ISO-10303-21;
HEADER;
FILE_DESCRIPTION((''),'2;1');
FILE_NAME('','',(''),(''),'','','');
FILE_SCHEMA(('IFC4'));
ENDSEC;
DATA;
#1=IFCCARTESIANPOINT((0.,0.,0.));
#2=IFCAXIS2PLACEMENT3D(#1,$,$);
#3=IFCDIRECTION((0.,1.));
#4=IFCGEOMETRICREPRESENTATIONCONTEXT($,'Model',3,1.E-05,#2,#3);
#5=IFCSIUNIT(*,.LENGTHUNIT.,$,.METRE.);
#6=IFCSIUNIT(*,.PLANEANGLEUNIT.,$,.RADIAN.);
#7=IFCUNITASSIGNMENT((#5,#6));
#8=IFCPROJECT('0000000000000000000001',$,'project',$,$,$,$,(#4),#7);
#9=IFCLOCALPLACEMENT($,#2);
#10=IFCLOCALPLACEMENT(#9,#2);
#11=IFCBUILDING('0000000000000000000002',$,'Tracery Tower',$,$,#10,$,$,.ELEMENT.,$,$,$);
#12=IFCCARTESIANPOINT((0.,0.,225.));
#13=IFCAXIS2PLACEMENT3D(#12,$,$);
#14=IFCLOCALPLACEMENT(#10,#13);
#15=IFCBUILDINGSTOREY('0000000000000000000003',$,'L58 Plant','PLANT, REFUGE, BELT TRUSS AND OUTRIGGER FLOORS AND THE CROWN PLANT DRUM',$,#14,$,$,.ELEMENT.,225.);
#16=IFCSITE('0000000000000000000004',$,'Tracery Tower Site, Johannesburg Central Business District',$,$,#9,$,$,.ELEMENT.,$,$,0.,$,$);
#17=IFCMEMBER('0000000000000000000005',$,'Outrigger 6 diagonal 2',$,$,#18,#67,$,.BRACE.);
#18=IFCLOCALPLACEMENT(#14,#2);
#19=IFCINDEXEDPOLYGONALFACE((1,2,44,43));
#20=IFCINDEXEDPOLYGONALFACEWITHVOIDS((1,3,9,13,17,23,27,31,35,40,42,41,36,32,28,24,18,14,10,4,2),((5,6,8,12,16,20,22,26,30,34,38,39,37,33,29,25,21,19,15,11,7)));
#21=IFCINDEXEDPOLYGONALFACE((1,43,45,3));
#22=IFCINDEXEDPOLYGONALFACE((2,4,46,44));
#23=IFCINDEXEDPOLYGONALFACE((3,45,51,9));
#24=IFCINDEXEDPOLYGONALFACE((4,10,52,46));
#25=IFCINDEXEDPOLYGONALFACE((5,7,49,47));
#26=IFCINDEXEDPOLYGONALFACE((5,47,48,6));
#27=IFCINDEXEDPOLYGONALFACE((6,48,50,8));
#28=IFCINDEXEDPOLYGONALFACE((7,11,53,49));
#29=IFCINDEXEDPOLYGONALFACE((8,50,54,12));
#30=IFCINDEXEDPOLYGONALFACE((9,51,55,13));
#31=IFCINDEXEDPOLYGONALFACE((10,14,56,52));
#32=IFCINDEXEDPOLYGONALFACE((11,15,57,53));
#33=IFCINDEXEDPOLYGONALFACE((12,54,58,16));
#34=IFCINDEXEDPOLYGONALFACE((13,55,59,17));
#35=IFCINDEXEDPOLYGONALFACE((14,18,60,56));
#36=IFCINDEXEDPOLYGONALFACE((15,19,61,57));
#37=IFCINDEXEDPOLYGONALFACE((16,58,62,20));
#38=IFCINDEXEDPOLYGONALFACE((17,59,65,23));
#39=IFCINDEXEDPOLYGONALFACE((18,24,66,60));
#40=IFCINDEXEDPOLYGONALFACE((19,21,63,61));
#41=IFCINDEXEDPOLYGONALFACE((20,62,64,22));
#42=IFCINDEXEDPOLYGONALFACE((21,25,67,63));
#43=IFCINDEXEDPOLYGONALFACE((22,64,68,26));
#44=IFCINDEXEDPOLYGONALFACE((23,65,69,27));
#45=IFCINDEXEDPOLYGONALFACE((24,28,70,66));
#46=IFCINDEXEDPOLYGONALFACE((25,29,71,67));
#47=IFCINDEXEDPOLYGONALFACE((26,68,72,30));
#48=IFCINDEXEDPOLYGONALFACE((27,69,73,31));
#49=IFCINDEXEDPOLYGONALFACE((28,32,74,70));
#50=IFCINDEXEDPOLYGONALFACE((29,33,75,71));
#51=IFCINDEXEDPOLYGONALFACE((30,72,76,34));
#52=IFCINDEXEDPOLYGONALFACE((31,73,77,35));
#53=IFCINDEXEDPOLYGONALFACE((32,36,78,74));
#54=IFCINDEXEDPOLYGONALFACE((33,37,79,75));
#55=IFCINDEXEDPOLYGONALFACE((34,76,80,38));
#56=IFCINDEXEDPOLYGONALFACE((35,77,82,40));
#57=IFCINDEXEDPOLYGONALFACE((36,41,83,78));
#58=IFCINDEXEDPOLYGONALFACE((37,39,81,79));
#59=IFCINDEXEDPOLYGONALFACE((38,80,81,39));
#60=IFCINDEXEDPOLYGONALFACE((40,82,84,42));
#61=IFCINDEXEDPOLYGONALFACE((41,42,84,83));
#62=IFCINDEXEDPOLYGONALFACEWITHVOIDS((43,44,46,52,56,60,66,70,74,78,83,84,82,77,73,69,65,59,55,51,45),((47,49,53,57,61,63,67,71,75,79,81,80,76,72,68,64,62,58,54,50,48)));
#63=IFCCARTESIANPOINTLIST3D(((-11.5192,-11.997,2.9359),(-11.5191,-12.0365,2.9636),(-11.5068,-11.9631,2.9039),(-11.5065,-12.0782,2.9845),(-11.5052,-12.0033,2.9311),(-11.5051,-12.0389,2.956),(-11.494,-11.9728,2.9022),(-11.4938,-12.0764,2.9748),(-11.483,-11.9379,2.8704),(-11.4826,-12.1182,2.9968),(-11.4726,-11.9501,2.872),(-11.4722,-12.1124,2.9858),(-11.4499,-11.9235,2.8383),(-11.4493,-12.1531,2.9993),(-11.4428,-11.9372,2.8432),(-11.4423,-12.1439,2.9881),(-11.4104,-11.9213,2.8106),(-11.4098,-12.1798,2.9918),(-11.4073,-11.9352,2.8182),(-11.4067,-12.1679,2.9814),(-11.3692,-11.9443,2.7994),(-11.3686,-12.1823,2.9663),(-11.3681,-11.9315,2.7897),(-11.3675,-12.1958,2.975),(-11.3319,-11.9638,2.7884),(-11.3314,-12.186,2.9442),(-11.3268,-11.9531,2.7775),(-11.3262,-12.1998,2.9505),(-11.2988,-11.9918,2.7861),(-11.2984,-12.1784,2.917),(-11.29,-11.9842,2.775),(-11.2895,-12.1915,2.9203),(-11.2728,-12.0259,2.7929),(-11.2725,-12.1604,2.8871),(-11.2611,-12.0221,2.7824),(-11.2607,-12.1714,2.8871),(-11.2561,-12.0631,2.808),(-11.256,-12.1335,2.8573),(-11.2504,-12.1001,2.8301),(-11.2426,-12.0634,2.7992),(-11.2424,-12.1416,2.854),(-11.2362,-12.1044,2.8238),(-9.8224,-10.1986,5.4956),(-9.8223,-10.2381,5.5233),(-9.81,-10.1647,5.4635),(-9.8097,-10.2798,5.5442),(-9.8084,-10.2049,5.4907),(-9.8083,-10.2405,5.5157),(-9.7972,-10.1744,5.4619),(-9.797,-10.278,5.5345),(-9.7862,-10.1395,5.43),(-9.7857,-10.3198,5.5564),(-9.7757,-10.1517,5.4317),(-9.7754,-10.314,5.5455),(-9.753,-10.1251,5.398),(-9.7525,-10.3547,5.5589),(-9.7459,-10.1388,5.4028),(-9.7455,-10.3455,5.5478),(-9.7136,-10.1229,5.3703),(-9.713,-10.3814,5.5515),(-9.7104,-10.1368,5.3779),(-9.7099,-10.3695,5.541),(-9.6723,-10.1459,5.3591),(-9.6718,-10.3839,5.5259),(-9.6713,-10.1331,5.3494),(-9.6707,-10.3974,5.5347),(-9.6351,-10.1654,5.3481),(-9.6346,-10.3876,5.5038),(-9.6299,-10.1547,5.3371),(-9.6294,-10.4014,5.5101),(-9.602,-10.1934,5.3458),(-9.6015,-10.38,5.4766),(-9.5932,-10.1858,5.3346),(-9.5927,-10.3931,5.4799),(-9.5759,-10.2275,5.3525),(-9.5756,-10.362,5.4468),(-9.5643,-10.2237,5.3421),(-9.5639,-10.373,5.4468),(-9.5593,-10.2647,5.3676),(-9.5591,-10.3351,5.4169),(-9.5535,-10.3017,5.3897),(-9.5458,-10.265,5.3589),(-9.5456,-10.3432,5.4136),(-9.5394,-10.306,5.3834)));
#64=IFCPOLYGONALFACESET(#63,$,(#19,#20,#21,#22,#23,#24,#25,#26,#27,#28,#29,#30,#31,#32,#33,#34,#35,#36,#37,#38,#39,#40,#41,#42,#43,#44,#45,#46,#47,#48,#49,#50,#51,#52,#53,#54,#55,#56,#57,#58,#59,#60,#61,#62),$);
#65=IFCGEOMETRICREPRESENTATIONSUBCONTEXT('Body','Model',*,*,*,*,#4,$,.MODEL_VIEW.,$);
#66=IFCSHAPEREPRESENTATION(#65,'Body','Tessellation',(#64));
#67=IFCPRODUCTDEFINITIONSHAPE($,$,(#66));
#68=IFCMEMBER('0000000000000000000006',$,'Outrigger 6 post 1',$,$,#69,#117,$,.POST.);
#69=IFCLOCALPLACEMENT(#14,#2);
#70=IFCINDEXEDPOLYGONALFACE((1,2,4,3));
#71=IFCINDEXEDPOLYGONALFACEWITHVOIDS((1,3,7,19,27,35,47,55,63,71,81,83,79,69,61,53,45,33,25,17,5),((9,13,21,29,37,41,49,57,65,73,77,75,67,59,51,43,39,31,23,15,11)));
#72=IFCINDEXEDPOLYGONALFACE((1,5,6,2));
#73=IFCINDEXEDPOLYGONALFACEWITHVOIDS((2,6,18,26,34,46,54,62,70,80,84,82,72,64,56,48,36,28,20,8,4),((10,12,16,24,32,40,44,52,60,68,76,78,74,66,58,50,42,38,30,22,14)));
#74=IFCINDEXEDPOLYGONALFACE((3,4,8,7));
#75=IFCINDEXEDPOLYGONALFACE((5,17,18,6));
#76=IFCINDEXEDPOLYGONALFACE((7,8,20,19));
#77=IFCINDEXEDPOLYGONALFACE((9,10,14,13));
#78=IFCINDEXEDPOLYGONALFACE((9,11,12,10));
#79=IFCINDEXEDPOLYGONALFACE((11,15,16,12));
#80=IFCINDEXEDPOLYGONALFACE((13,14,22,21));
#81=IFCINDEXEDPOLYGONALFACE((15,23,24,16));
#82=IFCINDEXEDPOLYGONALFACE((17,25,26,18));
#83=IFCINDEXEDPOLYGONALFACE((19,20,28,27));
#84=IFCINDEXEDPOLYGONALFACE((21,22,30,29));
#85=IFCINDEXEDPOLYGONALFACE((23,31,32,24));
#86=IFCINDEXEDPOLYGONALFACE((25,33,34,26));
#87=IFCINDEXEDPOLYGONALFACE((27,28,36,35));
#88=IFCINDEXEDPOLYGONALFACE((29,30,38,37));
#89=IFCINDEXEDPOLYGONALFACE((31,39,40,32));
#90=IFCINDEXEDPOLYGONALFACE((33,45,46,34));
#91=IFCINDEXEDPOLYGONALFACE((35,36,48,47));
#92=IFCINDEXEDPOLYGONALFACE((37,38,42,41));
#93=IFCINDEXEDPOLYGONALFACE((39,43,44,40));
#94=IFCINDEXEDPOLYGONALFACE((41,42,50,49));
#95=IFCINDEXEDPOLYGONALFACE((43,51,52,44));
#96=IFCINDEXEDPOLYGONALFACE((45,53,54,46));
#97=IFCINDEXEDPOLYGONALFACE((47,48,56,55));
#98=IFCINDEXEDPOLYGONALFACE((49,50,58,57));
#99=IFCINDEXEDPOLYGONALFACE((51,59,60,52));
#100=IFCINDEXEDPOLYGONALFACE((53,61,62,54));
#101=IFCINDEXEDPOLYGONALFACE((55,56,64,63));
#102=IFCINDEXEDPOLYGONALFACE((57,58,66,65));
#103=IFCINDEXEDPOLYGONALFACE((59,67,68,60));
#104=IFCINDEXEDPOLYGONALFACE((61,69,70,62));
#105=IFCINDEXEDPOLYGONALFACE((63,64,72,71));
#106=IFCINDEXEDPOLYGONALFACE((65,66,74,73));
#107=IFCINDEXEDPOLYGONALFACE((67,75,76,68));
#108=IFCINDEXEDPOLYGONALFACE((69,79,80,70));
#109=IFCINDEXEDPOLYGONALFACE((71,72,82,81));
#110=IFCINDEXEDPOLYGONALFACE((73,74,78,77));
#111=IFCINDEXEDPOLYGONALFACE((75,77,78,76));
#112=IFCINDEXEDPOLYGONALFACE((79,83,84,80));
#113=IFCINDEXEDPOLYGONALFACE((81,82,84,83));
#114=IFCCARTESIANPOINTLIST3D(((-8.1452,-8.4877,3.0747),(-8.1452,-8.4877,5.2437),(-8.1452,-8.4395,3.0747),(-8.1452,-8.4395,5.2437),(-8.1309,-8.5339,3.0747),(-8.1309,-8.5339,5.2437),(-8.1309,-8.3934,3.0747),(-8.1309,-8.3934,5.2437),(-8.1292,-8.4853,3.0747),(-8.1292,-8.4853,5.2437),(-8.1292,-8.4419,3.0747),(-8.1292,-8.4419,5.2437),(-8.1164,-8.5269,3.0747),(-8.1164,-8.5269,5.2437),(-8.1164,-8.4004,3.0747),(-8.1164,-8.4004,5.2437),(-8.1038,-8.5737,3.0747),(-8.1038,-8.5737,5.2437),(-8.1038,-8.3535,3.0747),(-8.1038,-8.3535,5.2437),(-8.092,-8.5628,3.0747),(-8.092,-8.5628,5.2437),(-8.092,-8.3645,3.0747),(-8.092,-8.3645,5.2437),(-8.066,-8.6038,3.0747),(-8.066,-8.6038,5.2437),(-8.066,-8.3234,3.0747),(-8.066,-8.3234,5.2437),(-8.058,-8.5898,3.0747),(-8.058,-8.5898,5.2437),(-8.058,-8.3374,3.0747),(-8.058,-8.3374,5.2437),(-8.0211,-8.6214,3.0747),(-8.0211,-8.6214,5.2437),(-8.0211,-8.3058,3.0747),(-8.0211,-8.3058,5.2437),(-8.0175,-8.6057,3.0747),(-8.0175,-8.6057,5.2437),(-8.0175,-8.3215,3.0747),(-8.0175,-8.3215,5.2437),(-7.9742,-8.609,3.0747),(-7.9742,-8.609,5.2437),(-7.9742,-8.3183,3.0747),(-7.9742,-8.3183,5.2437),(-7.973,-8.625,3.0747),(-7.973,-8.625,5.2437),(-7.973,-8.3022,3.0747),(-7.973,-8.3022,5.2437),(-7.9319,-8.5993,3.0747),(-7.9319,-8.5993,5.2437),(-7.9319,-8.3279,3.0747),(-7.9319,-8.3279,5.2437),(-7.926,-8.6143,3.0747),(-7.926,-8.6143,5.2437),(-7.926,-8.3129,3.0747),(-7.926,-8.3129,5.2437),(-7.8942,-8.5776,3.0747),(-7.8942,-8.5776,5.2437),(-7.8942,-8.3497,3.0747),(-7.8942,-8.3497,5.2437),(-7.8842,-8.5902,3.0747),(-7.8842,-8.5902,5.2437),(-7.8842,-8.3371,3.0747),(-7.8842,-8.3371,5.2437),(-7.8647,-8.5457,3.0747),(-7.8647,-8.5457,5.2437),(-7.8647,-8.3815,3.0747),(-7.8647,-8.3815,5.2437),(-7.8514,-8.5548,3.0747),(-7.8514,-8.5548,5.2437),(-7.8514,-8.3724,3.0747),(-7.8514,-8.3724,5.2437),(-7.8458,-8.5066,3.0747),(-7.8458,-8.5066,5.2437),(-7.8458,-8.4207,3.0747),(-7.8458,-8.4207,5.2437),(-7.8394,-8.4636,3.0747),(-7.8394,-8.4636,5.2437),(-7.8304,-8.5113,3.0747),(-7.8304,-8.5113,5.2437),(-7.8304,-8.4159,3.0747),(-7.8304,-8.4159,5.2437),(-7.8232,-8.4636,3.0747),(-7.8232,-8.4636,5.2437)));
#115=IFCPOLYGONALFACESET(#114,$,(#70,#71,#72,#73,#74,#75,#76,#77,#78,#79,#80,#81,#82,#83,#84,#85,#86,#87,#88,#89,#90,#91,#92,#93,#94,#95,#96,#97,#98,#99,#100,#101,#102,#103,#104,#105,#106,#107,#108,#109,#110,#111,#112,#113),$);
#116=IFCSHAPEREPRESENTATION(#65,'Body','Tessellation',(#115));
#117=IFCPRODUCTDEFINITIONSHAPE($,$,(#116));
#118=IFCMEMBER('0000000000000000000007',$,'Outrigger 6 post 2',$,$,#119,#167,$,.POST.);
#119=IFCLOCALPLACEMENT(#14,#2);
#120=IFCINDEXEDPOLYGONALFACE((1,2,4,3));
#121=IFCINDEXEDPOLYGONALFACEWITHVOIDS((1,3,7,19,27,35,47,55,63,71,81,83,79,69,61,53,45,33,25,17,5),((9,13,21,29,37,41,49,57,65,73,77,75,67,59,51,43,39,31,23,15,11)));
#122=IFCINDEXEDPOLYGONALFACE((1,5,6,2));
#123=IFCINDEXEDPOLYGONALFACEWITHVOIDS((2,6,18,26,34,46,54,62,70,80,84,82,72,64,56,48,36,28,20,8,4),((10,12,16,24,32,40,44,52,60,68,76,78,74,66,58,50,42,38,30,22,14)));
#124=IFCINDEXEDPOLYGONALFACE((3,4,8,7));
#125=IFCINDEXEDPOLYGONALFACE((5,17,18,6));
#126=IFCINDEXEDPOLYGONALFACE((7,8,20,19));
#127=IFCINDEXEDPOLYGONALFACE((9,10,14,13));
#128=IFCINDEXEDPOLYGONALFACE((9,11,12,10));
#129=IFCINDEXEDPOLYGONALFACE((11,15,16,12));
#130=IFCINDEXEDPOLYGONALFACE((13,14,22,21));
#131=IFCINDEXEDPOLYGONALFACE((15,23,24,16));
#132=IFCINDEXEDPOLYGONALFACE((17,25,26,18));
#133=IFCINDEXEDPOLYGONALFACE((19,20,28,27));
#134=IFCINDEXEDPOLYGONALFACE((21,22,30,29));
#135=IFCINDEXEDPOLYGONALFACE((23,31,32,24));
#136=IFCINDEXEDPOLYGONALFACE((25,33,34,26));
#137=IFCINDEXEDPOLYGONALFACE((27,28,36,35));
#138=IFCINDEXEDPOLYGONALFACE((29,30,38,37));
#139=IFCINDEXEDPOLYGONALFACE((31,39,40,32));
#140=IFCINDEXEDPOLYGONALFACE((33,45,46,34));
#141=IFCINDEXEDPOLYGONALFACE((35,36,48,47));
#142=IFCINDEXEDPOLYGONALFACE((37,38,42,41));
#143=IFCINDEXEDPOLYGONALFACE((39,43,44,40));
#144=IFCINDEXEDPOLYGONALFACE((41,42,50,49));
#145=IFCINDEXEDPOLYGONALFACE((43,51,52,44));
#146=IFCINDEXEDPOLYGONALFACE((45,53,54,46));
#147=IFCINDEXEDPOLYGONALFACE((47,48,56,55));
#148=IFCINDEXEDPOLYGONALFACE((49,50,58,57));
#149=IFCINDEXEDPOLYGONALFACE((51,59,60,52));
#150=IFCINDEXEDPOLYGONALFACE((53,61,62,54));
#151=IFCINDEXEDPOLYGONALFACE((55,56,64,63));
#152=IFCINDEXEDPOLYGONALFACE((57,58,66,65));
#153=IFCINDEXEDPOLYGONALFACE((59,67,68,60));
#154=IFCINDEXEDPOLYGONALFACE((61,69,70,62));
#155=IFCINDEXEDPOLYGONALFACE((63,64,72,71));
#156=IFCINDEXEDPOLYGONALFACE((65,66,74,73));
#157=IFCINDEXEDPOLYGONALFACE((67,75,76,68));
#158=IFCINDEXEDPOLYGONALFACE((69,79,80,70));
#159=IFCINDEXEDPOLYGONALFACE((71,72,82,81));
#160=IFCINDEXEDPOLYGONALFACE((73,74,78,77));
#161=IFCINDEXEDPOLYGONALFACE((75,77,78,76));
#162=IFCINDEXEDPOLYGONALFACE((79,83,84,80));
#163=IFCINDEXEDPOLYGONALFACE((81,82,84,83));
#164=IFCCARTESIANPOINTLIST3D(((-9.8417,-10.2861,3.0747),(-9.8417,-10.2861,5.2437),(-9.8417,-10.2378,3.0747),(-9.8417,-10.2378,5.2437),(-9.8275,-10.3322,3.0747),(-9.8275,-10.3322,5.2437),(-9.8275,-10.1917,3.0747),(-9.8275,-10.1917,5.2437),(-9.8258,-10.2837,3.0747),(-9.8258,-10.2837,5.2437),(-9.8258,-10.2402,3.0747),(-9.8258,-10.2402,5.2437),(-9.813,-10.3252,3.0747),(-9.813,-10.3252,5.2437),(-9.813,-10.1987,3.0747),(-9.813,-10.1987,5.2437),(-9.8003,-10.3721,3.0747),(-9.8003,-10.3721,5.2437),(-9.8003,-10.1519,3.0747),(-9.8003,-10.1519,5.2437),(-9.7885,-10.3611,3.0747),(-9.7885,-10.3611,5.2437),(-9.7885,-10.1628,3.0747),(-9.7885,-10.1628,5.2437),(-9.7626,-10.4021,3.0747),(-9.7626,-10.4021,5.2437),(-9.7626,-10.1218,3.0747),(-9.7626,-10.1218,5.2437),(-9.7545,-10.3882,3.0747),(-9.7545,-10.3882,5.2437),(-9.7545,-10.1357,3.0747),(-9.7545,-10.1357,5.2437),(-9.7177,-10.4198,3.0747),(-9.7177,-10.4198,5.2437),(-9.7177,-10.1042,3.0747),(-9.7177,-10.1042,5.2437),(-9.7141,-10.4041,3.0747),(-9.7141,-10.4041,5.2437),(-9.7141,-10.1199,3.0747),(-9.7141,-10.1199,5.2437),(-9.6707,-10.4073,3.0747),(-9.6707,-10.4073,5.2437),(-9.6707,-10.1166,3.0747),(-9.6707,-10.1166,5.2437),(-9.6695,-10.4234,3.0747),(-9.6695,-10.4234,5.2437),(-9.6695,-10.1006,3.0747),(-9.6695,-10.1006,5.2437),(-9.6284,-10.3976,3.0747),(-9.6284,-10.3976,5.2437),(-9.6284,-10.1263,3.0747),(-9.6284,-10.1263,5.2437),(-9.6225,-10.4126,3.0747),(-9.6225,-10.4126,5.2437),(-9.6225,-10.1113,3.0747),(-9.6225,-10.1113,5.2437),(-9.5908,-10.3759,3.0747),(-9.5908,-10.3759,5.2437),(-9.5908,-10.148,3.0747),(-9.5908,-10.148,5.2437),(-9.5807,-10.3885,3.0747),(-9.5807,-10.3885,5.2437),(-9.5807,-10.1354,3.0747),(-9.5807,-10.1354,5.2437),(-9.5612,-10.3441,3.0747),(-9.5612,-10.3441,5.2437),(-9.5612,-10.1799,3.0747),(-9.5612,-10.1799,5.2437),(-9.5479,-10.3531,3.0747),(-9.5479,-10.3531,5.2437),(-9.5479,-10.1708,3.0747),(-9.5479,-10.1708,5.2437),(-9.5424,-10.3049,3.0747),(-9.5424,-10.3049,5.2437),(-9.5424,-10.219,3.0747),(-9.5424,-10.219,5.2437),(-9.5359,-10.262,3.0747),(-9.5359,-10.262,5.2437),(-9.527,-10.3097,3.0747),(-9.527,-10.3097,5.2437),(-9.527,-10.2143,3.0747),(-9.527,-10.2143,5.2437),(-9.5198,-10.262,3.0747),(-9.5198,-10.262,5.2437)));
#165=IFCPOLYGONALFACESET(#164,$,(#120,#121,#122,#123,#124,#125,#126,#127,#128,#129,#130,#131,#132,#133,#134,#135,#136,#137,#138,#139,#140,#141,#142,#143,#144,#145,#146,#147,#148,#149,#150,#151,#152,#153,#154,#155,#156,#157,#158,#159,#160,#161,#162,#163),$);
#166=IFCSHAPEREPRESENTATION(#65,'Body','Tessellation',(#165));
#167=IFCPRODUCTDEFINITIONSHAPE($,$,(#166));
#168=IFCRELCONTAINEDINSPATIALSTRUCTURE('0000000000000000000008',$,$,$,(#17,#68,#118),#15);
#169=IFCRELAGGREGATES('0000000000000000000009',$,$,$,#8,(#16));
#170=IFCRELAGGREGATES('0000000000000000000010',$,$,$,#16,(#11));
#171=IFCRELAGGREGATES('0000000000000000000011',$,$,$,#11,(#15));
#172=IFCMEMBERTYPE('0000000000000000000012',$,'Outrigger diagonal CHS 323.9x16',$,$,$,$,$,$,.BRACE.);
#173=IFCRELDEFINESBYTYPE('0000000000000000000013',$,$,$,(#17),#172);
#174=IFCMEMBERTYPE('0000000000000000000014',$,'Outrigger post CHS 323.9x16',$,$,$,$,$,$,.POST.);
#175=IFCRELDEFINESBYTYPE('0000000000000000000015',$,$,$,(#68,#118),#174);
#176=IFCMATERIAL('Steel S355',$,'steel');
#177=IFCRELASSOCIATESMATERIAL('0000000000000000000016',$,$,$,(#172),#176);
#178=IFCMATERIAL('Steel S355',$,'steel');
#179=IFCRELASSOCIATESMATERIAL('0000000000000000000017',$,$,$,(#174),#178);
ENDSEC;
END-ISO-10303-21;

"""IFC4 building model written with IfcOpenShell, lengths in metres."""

from ifc_helpers import new_model, si_unit, direction, frame, origin, origin_2d, place, context, subcontext, project, spatial, hollow_circle, extrude, material, material_profile, profile_set, type_object, element, save


model = new_model("IFC4")

# Units and contexts
model_context = context("Model", 3, precision=1e-05, world=origin(), true_north=direction((0.0, 1.0)))
body_context = subcontext(model_context, "Body", "Model", "MODEL_VIEW")
ifc_project = project(units=[si_unit("LENGTHUNIT", "METRE"), si_unit("PLANEANGLEUNIT", "RADIAN")], contexts=[model_context])

# Site, building, storey
site_placement = place(None, origin())
site = spatial("IfcSite", under=ifc_project, at=site_placement, Name="Tracery Tower Site, Johannesburg Central Business District", CompositionType="ELEMENT", RefElevation=0.0)
building_placement = place(site_placement, origin())
building = spatial("IfcBuilding", under=site, at=building_placement, Name="Tracery Tower", CompositionType="ELEMENT")
storey_placement = place(building_placement, frame((0.0, 0.0, 225.0)))
storey = spatial("IfcBuildingStorey", under=building, at=storey_placement, Name="L58 Plant", Description="PLANT, REFUGE, BELT TRUSS AND OUTRIGGER FLOORS AND THE CROWN PLANT DRUM", CompositionType="ELEMENT", Elevation=225.0)

# Members
ifc_material_1 = material(Name="Steel S355", Category="steel")
ifc_material_profile_1 = material_profile(ifc_material_1, hollow_circle(Radius=0.1619, WallThickness=0.0161, at=origin_2d()), Name="CHS 323.9x16")
ifc_profile_set_1 = profile_set([ifc_material_profile_1], Name="Steel S355")
member_type_1 = type_object("IfcMemberType", Name="Outrigger diagonal CHS 323.9x16", PredefinedType="BRACE", material=ifc_profile_set_1)
member_1_placement = place(storey_placement, frame((-9.6816, -10.262, 5.4468), z_axis=(-0.476794, -0.505334, -0.719239), x_axis=(0.727347, -0.68627, 0.0)))
element("IfcMember", 1, at=member_1_placement, inside=storey, type_object=member_type_1, Name="Outrigger 6 diagonal 2", PredefinedType="BRACE", context=body_context, shape_type="SweptSolid", body=[
    extrude(hollow_circle(Radius=0.1619, WallThickness=0.0161, at=origin_2d()), origin(), (0.0, 0.0, 1.0), 3.5588),
])
ifc_material_2 = material(Name="Steel S355", Category="steel")
ifc_material_profile_2 = material_profile(ifc_material_2, hollow_circle(Radius=0.1619, WallThickness=0.0161, at=origin_2d()), Name="CHS 323.9x16")
ifc_profile_set_2 = profile_set([ifc_material_profile_2], Name="Steel S355")
member_type_2 = type_object("IfcMemberType", Name="Outrigger post CHS 323.9x16", PredefinedType="POST", material=ifc_profile_set_2)
for number, where, z_axis, x_axis, name in (
    (2, (-7.9851, -8.4636, 3.0747), (0.0, 0.0, 1.0), (1.0, 0.0, 0.0), "Outrigger 6 post 1"),
    (3, (-9.6816, -10.262, 3.0747), (0.0, 0.0, 1.0), (1.0, 0.0, 0.0), "Outrigger 6 post 2"),
):
    element("IfcMember", number, at=place(storey_placement, frame(where, z_axis=z_axis, x_axis=x_axis)), inside=storey, type_object=member_type_2, Name=name, PredefinedType="POST", context=body_context, shape_type="SweptSolid", body=[
        extrude(hollow_circle(Radius=0.1619, WallThickness=0.0161, at=origin_2d()), origin(), (0.0, 0.0, 1.0), 2.1689),
    ])

save(model, "model.ifc")
